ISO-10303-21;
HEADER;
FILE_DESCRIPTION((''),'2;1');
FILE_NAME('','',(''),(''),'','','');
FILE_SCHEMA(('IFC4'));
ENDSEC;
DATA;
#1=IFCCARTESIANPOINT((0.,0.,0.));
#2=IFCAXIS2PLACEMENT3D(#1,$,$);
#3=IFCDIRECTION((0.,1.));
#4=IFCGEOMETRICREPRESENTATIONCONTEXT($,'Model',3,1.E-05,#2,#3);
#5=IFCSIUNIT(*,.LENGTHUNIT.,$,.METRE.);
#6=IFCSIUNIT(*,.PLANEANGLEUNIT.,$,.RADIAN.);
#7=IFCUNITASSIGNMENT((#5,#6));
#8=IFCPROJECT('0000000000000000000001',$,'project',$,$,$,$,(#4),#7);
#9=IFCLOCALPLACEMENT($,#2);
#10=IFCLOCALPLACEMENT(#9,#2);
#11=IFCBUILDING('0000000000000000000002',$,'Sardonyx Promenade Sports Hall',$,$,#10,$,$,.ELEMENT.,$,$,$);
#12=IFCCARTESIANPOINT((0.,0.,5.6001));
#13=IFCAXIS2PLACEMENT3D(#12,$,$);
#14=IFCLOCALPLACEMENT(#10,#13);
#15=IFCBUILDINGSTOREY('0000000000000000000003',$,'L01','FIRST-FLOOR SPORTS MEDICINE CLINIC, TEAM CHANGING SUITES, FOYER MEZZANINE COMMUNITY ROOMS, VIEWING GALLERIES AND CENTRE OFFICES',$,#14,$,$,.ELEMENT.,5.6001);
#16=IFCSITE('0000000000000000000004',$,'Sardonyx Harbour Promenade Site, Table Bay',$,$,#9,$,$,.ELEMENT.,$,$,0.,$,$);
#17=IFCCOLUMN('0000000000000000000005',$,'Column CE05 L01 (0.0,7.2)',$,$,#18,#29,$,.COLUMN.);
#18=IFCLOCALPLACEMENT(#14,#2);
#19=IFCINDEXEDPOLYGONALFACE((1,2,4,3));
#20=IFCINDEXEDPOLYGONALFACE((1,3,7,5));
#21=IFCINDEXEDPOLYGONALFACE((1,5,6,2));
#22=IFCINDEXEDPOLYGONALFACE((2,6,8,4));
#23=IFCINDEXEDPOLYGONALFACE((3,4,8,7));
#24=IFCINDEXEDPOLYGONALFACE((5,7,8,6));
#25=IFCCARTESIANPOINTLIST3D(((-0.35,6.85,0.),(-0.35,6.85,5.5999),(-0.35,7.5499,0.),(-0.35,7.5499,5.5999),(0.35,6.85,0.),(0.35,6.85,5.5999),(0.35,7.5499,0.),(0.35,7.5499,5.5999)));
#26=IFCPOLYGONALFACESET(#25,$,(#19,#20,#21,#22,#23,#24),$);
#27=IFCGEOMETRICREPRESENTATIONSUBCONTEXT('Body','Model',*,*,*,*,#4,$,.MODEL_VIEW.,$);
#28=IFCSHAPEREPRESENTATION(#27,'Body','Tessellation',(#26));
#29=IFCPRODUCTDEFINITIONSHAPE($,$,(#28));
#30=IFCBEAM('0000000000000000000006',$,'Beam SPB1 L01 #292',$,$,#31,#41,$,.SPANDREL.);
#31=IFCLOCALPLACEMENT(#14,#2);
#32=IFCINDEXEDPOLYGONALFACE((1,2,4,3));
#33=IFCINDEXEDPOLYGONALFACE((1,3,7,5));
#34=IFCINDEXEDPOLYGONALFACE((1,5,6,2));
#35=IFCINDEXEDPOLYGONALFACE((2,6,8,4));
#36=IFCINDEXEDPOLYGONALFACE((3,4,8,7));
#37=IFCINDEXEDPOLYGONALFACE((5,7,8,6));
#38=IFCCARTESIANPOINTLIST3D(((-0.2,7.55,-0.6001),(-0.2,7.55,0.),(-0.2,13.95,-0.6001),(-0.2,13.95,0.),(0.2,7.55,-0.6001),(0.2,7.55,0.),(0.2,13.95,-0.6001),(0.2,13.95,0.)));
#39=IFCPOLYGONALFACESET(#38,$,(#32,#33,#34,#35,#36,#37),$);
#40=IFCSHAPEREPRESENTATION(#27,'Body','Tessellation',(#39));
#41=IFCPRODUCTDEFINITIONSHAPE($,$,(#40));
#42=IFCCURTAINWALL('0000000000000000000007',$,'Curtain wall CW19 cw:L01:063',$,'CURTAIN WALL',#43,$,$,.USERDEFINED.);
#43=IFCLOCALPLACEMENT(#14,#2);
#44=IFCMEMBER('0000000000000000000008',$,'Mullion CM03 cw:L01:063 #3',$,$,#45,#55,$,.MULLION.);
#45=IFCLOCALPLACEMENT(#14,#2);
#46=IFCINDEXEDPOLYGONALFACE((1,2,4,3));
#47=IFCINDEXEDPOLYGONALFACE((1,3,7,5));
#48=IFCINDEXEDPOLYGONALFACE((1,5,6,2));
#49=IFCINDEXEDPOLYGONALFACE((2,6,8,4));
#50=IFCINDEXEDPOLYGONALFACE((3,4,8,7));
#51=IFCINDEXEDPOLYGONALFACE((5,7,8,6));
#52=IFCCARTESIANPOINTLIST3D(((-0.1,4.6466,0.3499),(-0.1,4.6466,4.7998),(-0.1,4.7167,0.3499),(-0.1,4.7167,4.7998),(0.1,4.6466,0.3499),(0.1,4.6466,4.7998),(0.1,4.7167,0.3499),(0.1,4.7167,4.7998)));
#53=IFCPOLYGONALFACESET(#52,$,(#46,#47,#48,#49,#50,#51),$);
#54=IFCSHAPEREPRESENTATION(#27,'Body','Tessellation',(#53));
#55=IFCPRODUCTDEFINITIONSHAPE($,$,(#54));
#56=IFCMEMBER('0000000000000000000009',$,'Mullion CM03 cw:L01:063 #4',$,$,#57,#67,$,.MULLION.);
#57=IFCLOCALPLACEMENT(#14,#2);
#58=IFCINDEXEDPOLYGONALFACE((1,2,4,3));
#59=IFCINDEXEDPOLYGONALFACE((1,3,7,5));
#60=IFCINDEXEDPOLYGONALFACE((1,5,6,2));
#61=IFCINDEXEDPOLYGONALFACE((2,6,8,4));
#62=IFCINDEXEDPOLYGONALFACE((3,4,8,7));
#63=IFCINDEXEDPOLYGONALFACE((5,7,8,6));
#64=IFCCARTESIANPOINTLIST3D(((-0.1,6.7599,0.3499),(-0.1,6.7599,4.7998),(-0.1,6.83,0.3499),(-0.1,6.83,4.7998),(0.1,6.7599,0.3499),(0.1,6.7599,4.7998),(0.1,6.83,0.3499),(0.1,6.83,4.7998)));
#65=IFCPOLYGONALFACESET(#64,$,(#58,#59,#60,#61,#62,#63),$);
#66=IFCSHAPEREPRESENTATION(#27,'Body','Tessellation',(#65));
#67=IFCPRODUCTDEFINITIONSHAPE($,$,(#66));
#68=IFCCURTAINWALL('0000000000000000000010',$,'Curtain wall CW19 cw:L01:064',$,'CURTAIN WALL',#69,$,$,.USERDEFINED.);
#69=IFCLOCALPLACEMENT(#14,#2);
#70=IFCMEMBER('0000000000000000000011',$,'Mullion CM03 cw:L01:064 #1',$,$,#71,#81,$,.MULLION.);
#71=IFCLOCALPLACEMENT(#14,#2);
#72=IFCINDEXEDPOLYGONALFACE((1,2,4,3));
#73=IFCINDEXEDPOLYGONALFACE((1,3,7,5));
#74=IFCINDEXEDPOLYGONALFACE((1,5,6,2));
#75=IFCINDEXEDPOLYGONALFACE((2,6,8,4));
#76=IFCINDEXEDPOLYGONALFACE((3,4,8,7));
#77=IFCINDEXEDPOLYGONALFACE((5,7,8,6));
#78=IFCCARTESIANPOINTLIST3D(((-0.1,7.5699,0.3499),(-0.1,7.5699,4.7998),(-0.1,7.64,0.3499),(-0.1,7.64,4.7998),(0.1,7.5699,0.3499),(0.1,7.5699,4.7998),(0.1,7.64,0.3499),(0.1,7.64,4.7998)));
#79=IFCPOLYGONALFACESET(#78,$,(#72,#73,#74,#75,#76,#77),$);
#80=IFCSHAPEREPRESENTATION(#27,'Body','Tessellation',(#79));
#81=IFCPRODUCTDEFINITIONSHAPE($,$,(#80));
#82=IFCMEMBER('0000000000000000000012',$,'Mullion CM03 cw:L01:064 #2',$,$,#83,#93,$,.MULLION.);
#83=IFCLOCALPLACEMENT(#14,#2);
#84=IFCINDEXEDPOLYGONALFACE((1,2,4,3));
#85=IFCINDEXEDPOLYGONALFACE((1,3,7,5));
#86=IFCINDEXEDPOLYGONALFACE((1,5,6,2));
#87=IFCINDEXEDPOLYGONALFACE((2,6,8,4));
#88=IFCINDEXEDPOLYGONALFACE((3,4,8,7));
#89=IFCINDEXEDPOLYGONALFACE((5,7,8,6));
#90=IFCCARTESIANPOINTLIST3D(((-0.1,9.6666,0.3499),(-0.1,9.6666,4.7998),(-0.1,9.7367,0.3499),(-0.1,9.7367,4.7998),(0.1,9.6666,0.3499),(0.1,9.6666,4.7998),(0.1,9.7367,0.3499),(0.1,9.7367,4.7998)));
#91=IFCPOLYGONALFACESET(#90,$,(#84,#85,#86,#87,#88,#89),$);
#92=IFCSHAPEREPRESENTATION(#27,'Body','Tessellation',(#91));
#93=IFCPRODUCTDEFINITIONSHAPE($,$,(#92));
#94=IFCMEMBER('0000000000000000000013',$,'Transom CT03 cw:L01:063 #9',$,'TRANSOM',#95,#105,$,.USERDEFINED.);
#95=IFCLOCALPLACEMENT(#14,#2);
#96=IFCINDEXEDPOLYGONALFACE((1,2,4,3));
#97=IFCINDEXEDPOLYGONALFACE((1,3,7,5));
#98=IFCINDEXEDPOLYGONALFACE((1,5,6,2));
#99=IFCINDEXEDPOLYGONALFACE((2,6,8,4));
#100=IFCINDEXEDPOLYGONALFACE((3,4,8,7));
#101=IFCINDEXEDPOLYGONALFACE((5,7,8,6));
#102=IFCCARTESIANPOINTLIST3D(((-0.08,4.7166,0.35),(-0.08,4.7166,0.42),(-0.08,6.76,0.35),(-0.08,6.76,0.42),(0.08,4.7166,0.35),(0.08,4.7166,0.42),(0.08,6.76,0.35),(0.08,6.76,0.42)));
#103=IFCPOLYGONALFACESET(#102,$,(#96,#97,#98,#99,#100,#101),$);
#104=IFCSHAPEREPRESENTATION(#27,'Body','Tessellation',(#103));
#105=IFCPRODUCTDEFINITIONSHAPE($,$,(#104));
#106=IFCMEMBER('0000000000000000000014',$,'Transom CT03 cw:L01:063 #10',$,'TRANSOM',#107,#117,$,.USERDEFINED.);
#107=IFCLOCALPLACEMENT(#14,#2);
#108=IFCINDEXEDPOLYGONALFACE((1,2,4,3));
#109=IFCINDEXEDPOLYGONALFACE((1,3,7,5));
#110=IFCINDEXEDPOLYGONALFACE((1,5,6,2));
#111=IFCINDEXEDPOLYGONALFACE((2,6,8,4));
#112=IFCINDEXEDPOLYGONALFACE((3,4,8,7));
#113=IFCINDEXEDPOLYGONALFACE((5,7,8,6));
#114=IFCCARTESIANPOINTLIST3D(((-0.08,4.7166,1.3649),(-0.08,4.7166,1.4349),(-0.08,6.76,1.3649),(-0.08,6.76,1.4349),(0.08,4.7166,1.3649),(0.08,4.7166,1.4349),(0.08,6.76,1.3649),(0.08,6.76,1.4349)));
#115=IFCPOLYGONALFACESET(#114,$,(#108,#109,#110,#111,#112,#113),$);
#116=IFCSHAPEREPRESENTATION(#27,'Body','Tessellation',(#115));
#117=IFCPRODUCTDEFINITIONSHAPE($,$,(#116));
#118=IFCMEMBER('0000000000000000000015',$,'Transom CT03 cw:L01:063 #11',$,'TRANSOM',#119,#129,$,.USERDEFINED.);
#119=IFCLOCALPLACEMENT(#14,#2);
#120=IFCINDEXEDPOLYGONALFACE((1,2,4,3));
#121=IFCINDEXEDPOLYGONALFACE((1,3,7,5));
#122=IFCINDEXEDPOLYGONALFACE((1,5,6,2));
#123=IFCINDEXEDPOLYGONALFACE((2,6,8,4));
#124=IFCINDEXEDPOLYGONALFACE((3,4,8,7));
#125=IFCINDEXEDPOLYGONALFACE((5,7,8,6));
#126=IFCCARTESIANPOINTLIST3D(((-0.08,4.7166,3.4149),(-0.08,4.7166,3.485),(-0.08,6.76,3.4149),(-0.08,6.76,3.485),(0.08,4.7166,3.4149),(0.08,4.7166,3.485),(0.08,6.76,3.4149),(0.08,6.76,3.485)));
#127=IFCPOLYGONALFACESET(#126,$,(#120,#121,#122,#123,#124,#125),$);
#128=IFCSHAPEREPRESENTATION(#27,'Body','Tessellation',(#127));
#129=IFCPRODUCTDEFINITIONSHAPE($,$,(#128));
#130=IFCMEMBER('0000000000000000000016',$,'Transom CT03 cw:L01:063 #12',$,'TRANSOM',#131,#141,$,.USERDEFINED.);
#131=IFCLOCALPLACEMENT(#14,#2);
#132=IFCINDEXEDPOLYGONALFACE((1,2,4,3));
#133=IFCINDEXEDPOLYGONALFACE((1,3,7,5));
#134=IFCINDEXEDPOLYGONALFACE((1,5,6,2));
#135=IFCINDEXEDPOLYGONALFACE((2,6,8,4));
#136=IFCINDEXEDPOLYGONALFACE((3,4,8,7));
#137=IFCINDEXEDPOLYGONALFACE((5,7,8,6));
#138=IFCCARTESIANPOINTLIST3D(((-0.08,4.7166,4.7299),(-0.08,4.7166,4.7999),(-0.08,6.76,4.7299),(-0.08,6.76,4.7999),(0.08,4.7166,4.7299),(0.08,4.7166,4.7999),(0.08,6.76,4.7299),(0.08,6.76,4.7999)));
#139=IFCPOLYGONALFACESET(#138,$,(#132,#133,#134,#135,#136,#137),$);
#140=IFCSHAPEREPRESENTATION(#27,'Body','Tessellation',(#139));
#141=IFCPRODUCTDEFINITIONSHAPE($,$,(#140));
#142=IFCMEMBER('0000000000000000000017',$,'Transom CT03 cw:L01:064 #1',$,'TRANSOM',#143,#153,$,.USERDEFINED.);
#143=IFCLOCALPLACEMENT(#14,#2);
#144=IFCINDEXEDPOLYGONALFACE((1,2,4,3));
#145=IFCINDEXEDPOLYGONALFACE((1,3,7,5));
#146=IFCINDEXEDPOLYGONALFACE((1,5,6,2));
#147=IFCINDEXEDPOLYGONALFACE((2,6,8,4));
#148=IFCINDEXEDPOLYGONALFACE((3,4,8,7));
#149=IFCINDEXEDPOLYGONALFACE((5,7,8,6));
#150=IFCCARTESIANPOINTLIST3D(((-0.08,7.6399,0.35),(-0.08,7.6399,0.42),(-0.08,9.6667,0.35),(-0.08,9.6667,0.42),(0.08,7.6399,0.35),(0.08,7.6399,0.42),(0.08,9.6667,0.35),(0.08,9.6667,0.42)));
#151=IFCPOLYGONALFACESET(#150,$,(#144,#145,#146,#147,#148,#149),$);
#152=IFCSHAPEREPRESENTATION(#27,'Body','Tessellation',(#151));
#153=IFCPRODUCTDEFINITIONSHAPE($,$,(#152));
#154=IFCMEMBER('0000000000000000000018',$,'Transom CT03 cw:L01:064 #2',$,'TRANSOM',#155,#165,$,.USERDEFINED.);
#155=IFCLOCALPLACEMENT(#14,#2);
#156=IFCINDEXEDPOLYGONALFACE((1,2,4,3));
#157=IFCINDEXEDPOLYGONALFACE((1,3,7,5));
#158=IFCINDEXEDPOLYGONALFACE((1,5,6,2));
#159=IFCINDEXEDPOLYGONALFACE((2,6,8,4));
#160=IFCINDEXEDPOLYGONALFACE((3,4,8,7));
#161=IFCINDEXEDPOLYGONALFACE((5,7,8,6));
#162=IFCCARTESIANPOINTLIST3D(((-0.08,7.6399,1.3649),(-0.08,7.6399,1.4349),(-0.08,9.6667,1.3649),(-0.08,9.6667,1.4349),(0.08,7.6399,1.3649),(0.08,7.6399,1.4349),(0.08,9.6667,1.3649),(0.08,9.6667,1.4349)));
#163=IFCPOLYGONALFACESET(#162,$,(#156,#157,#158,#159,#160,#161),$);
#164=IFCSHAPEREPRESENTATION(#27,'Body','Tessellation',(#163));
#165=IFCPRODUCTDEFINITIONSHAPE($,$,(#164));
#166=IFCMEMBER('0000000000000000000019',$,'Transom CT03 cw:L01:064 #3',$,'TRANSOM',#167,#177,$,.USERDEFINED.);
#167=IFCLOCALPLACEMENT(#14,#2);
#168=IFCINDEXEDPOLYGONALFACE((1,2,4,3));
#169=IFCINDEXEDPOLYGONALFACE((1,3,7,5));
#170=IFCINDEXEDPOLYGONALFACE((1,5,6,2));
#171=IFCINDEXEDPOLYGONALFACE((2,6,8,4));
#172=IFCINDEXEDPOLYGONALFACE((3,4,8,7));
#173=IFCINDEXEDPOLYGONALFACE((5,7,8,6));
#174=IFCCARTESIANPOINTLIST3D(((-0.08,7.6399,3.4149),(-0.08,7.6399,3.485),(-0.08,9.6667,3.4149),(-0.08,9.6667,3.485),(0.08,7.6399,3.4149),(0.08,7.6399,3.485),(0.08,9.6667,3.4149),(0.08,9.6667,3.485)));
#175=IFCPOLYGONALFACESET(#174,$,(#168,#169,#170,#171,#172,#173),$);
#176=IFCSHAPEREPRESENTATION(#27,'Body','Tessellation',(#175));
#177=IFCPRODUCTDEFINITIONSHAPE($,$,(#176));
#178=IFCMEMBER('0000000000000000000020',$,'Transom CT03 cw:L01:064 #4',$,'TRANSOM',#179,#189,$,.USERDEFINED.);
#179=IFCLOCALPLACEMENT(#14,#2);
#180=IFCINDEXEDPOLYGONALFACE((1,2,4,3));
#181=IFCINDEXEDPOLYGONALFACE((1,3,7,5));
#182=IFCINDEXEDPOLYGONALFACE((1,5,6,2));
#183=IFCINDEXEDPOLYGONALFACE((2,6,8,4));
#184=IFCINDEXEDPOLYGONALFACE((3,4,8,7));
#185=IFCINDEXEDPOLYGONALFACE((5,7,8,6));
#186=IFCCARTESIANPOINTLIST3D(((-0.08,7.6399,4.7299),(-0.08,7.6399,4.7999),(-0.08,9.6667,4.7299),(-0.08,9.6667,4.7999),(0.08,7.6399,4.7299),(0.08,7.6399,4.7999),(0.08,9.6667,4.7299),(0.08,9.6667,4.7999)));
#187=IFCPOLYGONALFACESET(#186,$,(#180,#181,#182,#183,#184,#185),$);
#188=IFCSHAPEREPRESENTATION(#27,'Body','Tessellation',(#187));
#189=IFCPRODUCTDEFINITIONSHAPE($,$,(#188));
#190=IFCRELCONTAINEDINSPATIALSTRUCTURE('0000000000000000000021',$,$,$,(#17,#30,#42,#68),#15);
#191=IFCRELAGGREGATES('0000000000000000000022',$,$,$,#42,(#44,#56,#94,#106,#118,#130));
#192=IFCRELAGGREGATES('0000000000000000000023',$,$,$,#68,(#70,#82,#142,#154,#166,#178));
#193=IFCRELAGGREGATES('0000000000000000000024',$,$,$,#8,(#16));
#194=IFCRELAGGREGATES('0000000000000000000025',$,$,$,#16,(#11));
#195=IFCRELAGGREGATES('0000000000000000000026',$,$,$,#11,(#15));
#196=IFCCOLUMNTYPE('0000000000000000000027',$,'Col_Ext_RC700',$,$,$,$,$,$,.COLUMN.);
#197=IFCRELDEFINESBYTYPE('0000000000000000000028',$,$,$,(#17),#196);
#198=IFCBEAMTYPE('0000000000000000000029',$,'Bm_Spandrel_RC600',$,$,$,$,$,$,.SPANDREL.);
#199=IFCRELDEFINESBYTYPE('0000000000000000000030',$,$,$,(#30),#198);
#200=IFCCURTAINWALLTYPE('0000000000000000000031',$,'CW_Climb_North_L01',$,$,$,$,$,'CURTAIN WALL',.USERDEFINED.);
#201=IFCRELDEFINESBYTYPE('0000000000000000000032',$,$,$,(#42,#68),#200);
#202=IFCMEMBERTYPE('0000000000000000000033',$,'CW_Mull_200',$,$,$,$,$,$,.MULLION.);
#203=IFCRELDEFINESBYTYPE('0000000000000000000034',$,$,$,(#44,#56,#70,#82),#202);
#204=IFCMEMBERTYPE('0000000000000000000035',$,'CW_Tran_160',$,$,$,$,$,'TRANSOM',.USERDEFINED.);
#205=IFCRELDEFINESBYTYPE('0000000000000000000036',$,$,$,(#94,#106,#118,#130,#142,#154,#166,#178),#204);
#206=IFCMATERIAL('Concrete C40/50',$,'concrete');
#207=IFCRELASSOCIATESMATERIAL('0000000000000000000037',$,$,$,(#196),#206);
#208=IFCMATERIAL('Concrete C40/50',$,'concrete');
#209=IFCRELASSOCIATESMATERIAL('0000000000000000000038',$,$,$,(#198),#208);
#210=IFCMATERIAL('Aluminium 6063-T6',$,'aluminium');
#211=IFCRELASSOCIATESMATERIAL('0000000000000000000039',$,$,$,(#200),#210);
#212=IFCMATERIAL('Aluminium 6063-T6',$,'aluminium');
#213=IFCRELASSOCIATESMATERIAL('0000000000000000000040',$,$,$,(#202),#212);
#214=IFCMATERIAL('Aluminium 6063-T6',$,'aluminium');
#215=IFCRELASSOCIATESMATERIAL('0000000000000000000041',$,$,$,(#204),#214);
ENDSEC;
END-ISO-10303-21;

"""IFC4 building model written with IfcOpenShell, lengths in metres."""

from ifc_helpers import new_model, si_unit, direction, frame, origin, origin_2d, place, context, subcontext, project, spatial, rectangle, extrude, material, material_profile, profile_set, type_object, element, aggregate, save


model = new_model("IFC4")

# Units and contexts
model_context = context("Model", 3, precision=1e-05, world=origin(), true_north=direction((0.0, 1.0)))
body_context = subcontext(model_context, "Body", "Model", "MODEL_VIEW")
ifc_project = project(units=[si_unit("LENGTHUNIT", "METRE"), si_unit("PLANEANGLEUNIT", "RADIAN")], contexts=[model_context])

# Site, building, storey
site_placement = place(None, origin())
site = spatial("IfcSite", under=ifc_project, at=site_placement, Name="Sardonyx Harbour Promenade Site, Table Bay", CompositionType="ELEMENT", RefElevation=0.0)
building_placement = place(site_placement, origin())
building = spatial("IfcBuilding", under=site, at=building_placement, Name="Sardonyx Promenade Sports Hall", CompositionType="ELEMENT")
storey_placement = place(building_placement, frame((0.0, 0.0, 5.6001)))
storey = spatial("IfcBuildingStorey", under=building, at=storey_placement, Name="L01", Description="FIRST-FLOOR SPORTS MEDICINE CLINIC, TEAM CHANGING SUITES, FOYER MEZZANINE COMMUNITY ROOMS, VIEWING GALLERIES AND CENTRE OFFICES", CompositionType="ELEMENT", Elevation=5.6001)

# Column
ifc_material_1 = material(Name="Concrete C40/50", Category="concrete")
ifc_material_profile_1 = material_profile(ifc_material_1, rectangle(XDim=0.7, YDim=0.7, at=origin_2d()))
ifc_profile_set_1 = profile_set([ifc_material_profile_1], Name="Concrete C40/50")
column_type = type_object("IfcColumnType", Name="Col_Ext_RC700", PredefinedType="COLUMN", material=ifc_profile_set_1)
column_placement = place(storey_placement, frame((0.0, 7.2, 0.0), z_axis=(0.0, 0.0, 1.0), x_axis=(1.0, 0.0, 0.0)))
element("IfcColumn", 1, at=column_placement, inside=storey, type_object=column_type, Name="Column CE05 L01 (0.0,7.2)", PredefinedType="COLUMN", context=body_context, shape_type="SweptSolid", body=[
    extrude(rectangle(XDim=0.7, YDim=0.7, at=origin_2d()), origin(), (0.0, 0.0, 1.0), 5.5999),
])

# Beam
ifc_material_2 = material(Name="Concrete C40/50", Category="concrete")
ifc_material_profile_2 = material_profile(ifc_material_2, rectangle(XDim=0.3999, YDim=0.6001, at=origin_2d()))
ifc_profile_set_2 = profile_set([ifc_material_profile_2], Name="Concrete C40/50")
beam_type = type_object("IfcBeamType", Name="Bm_Spandrel_RC600", PredefinedType="SPANDREL", material=ifc_profile_set_2)
beam_placement = place(storey_placement, frame((0.0, 7.55, -0.3), z_axis=(0.0, 1.0, 0.0), x_axis=(-1.0, 0.0, 0.0)))
element("IfcBeam", 2, at=beam_placement, inside=storey, type_object=beam_type, Name="Beam SPB1 L01 #292", PredefinedType="SPANDREL", context=body_context, shape_type="SweptSolid", body=[
    extrude(rectangle(XDim=0.3999, YDim=0.6001, at=origin_2d()), origin(), (0.0, 0.0, 1.0), 6.3999),
])

# Curtain walls, members
ifc_material_3 = material(Name="Aluminium 6063-T6", Category="aluminium")
curtain_wall_type = type_object("IfcCurtainWallType", Name="CW_Climb_North_L01", ElementType="CURTAIN WALL", PredefinedType="USERDEFINED", material=ifc_material_3)
curtain_wall_1_placement = place(storey_placement, origin())
curtain_wall_1 = element("IfcCurtainWall", 3, at=curtain_wall_1_placement, inside=storey, type_object=curtain_wall_type, Name="Curtain wall CW19 cw:L01:063", ObjectType="CURTAIN WALL", PredefinedType="USERDEFINED")
ifc_material_4 = material(Name="Aluminium 6063-T6", Category="aluminium")
ifc_material_profile_3 = material_profile(ifc_material_4, rectangle(XDim=0.0701, YDim=0.2, at=origin_2d()))
ifc_profile_set_3 = profile_set([ifc_material_profile_3], Name="Aluminium 6063-T6")
member_type_1 = type_object("IfcMemberType", Name="CW_Mull_200", PredefinedType="MULLION", material=ifc_profile_set_3)
member_1_placement = place(storey_placement, frame((0.0, 4.6816, 0.3499), z_axis=(0.0, 0.0, 1.0), x_axis=(0.0, 1.0, 0.0)))
member_1 = element("IfcMember", 4, at=member_1_placement, type_object=member_type_1, Name="Mullion CM03 cw:L01:063 #3", PredefinedType="MULLION", context=body_context, shape_type="SweptSolid", body=[
    extrude(rectangle(XDim=0.0701, YDim=0.2, at=origin_2d()), origin(), (0.0, 0.0, 1.0), 4.45),
])
member_2_placement = place(storey_placement, frame((0.0, 6.7949, 0.3499), z_axis=(0.0, 0.0, 1.0), x_axis=(0.0, 1.0, 0.0)))
member_2 = element("IfcMember", 5, at=member_2_placement, type_object=member_type_1, Name="Mullion CM03 cw:L01:063 #4", PredefinedType="MULLION", context=body_context, shape_type="SweptSolid", body=[
    extrude(rectangle(XDim=0.0701, YDim=0.2, at=origin_2d()), origin(), (0.0, 0.0, 1.0), 4.45),
])
curtain_wall_2_placement = place(storey_placement, origin())
curtain_wall_2 = element("IfcCurtainWall", 6, at=curtain_wall_2_placement, inside=storey, type_object=curtain_wall_type, Name="Curtain wall CW19 cw:L01:064", ObjectType="CURTAIN WALL", PredefinedType="USERDEFINED")
member_3_placement = place(storey_placement, frame((0.0, 7.605, 0.3499), z_axis=(0.0, 0.0, 1.0), x_axis=(0.0, 1.0, 0.0)))
member_3 = element("IfcMember", 7, at=member_3_placement, type_object=member_type_1, Name="Mullion CM03 cw:L01:064 #1", PredefinedType="MULLION", context=body_context, shape_type="SweptSolid", body=[
    extrude(rectangle(XDim=0.0701, YDim=0.2, at=origin_2d()), origin(), (0.0, 0.0, 1.0), 4.45),
])
member_4_placement = place(storey_placement, frame((0.0, 9.7017, 0.3499), z_axis=(0.0, 0.0, 1.0), x_axis=(0.0, 1.0, 0.0)))
member_4 = element("IfcMember", 8, at=member_4_placement, type_object=member_type_1, Name="Mullion CM03 cw:L01:064 #2", PredefinedType="MULLION", context=body_context, shape_type="SweptSolid", body=[
    extrude(rectangle(XDim=0.0701, YDim=0.2, at=origin_2d()), origin(), (0.0, 0.0, 1.0), 4.45),
])

# Members
ifc_material_5 = material(Name="Aluminium 6063-T6", Category="aluminium")
ifc_material_profile_4 = material_profile(ifc_material_5, rectangle(XDim=0.0701, YDim=0.1599, at=origin_2d()))
ifc_profile_set_4 = profile_set([ifc_material_profile_4], Name="Aluminium 6063-T6")
member_type_2 = type_object("IfcMemberType", Name="CW_Tran_160", ElementType="TRANSOM", PredefinedType="USERDEFINED", material=ifc_profile_set_4)
member_5_placement = place(storey_placement, frame((0.0, 4.7166, 0.385), z_axis=(0.0, 1.0, 0.0), x_axis=(0.0, 0.0, 1.0)))
member_5 = element("IfcMember", 9, at=member_5_placement, type_object=member_type_2, Name="Transom CT03 cw:L01:063 #9", ObjectType="TRANSOM", PredefinedType="USERDEFINED", context=body_context, shape_type="SweptSolid", body=[
    extrude(rectangle(XDim=0.0701, YDim=0.1599, at=origin_2d()), origin(), (0.0, 0.0, 1.0), 2.0435),
])
member_6_placement = place(storey_placement, frame((0.0, 4.7166, 1.3999), z_axis=(0.0, 1.0, 0.0), x_axis=(0.0, 0.0, 1.0)))
member_6 = element("IfcMember", 10, at=member_6_placement, type_object=member_type_2, Name="Transom CT03 cw:L01:063 #10", ObjectType="TRANSOM", PredefinedType="USERDEFINED", context=body_context, shape_type="SweptSolid", body=[
    extrude(rectangle(XDim=0.0701, YDim=0.1599, at=origin_2d()), origin(), (0.0, 0.0, 1.0), 2.0435),
])
member_7_placement = place(storey_placement, frame((0.0, 4.7166, 3.45), z_axis=(0.0, 1.0, 0.0), x_axis=(0.0, 0.0, 1.0)))
member_7 = element("IfcMember", 11, at=member_7_placement, type_object=member_type_2, Name="Transom CT03 cw:L01:063 #11", ObjectType="TRANSOM", PredefinedType="USERDEFINED", context=body_context, shape_type="SweptSolid", body=[
    extrude(rectangle(XDim=0.0701, YDim=0.1599, at=origin_2d()), origin(), (0.0, 0.0, 1.0), 2.0435),
])
member_8_placement = place(storey_placement, frame((0.0, 4.7166, 4.7649), z_axis=(0.0, 1.0, 0.0), x_axis=(0.0, 0.0, 1.0)))
member_8 = element("IfcMember", 12, at=member_8_placement, type_object=member_type_2, Name="Transom CT03 cw:L01:063 #12", ObjectType="TRANSOM", PredefinedType="USERDEFINED", context=body_context, shape_type="SweptSolid", body=[
    extrude(rectangle(XDim=0.0701, YDim=0.1599, at=origin_2d()), origin(), (0.0, 0.0, 1.0), 2.0435),
])
member_9_placement = place(storey_placement, frame((0.0, 7.6399, 0.385), z_axis=(0.0, 1.0, 0.0), x_axis=(0.0, 0.0, 1.0)))
member_9 = element("IfcMember", 13, at=member_9_placement, type_object=member_type_2, Name="Transom CT03 cw:L01:064 #1", ObjectType="TRANSOM", PredefinedType="USERDEFINED", context=body_context, shape_type="SweptSolid", body=[
    extrude(rectangle(XDim=0.0701, YDim=0.1599, at=origin_2d()), origin(), (0.0, 0.0, 1.0), 2.0269),
])
member_10_placement = place(storey_placement, frame((0.0, 7.6399, 1.3999), z_axis=(0.0, 1.0, 0.0), x_axis=(0.0, 0.0, 1.0)))
member_10 = element("IfcMember", 14, at=member_10_placement, type_object=member_type_2, Name="Transom CT03 cw:L01:064 #2", ObjectType="TRANSOM", PredefinedType="USERDEFINED", context=body_context, shape_type="SweptSolid", body=[
    extrude(rectangle(XDim=0.0701, YDim=0.1599, at=origin_2d()), origin(), (0.0, 0.0, 1.0), 2.0269),
])
member_11_placement = place(storey_placement, frame((0.0, 7.6399, 3.45), z_axis=(0.0, 1.0, 0.0), x_axis=(0.0, 0.0, 1.0)))
member_11 = element("IfcMember", 15, at=member_11_placement, type_object=member_type_2, Name="Transom CT03 cw:L01:064 #3", ObjectType="TRANSOM", PredefinedType="USERDEFINED", context=body_context, shape_type="SweptSolid", body=[
    extrude(rectangle(XDim=0.0701, YDim=0.1599, at=origin_2d()), origin(), (0.0, 0.0, 1.0), 2.0269),
])
member_12_placement = place(storey_placement, frame((0.0, 7.6399, 4.7649), z_axis=(0.0, 1.0, 0.0), x_axis=(0.0, 0.0, 1.0)))
member_12 = element("IfcMember", 16, at=member_12_placement, type_object=member_type_2, Name="Transom CT03 cw:L01:064 #4", ObjectType="TRANSOM", PredefinedType="USERDEFINED", context=body_context, shape_type="SweptSolid", body=[
    extrude(rectangle(XDim=0.0701, YDim=0.1599, at=origin_2d()), origin(), (0.0, 0.0, 1.0), 2.0269),
])

aggregate(curtain_wall_1, [member_1, member_2, member_5, member_6, member_7, member_8])
aggregate(curtain_wall_2, [member_3, member_4, member_9, member_10, member_11, member_12])

save(model, "model.ifc")
